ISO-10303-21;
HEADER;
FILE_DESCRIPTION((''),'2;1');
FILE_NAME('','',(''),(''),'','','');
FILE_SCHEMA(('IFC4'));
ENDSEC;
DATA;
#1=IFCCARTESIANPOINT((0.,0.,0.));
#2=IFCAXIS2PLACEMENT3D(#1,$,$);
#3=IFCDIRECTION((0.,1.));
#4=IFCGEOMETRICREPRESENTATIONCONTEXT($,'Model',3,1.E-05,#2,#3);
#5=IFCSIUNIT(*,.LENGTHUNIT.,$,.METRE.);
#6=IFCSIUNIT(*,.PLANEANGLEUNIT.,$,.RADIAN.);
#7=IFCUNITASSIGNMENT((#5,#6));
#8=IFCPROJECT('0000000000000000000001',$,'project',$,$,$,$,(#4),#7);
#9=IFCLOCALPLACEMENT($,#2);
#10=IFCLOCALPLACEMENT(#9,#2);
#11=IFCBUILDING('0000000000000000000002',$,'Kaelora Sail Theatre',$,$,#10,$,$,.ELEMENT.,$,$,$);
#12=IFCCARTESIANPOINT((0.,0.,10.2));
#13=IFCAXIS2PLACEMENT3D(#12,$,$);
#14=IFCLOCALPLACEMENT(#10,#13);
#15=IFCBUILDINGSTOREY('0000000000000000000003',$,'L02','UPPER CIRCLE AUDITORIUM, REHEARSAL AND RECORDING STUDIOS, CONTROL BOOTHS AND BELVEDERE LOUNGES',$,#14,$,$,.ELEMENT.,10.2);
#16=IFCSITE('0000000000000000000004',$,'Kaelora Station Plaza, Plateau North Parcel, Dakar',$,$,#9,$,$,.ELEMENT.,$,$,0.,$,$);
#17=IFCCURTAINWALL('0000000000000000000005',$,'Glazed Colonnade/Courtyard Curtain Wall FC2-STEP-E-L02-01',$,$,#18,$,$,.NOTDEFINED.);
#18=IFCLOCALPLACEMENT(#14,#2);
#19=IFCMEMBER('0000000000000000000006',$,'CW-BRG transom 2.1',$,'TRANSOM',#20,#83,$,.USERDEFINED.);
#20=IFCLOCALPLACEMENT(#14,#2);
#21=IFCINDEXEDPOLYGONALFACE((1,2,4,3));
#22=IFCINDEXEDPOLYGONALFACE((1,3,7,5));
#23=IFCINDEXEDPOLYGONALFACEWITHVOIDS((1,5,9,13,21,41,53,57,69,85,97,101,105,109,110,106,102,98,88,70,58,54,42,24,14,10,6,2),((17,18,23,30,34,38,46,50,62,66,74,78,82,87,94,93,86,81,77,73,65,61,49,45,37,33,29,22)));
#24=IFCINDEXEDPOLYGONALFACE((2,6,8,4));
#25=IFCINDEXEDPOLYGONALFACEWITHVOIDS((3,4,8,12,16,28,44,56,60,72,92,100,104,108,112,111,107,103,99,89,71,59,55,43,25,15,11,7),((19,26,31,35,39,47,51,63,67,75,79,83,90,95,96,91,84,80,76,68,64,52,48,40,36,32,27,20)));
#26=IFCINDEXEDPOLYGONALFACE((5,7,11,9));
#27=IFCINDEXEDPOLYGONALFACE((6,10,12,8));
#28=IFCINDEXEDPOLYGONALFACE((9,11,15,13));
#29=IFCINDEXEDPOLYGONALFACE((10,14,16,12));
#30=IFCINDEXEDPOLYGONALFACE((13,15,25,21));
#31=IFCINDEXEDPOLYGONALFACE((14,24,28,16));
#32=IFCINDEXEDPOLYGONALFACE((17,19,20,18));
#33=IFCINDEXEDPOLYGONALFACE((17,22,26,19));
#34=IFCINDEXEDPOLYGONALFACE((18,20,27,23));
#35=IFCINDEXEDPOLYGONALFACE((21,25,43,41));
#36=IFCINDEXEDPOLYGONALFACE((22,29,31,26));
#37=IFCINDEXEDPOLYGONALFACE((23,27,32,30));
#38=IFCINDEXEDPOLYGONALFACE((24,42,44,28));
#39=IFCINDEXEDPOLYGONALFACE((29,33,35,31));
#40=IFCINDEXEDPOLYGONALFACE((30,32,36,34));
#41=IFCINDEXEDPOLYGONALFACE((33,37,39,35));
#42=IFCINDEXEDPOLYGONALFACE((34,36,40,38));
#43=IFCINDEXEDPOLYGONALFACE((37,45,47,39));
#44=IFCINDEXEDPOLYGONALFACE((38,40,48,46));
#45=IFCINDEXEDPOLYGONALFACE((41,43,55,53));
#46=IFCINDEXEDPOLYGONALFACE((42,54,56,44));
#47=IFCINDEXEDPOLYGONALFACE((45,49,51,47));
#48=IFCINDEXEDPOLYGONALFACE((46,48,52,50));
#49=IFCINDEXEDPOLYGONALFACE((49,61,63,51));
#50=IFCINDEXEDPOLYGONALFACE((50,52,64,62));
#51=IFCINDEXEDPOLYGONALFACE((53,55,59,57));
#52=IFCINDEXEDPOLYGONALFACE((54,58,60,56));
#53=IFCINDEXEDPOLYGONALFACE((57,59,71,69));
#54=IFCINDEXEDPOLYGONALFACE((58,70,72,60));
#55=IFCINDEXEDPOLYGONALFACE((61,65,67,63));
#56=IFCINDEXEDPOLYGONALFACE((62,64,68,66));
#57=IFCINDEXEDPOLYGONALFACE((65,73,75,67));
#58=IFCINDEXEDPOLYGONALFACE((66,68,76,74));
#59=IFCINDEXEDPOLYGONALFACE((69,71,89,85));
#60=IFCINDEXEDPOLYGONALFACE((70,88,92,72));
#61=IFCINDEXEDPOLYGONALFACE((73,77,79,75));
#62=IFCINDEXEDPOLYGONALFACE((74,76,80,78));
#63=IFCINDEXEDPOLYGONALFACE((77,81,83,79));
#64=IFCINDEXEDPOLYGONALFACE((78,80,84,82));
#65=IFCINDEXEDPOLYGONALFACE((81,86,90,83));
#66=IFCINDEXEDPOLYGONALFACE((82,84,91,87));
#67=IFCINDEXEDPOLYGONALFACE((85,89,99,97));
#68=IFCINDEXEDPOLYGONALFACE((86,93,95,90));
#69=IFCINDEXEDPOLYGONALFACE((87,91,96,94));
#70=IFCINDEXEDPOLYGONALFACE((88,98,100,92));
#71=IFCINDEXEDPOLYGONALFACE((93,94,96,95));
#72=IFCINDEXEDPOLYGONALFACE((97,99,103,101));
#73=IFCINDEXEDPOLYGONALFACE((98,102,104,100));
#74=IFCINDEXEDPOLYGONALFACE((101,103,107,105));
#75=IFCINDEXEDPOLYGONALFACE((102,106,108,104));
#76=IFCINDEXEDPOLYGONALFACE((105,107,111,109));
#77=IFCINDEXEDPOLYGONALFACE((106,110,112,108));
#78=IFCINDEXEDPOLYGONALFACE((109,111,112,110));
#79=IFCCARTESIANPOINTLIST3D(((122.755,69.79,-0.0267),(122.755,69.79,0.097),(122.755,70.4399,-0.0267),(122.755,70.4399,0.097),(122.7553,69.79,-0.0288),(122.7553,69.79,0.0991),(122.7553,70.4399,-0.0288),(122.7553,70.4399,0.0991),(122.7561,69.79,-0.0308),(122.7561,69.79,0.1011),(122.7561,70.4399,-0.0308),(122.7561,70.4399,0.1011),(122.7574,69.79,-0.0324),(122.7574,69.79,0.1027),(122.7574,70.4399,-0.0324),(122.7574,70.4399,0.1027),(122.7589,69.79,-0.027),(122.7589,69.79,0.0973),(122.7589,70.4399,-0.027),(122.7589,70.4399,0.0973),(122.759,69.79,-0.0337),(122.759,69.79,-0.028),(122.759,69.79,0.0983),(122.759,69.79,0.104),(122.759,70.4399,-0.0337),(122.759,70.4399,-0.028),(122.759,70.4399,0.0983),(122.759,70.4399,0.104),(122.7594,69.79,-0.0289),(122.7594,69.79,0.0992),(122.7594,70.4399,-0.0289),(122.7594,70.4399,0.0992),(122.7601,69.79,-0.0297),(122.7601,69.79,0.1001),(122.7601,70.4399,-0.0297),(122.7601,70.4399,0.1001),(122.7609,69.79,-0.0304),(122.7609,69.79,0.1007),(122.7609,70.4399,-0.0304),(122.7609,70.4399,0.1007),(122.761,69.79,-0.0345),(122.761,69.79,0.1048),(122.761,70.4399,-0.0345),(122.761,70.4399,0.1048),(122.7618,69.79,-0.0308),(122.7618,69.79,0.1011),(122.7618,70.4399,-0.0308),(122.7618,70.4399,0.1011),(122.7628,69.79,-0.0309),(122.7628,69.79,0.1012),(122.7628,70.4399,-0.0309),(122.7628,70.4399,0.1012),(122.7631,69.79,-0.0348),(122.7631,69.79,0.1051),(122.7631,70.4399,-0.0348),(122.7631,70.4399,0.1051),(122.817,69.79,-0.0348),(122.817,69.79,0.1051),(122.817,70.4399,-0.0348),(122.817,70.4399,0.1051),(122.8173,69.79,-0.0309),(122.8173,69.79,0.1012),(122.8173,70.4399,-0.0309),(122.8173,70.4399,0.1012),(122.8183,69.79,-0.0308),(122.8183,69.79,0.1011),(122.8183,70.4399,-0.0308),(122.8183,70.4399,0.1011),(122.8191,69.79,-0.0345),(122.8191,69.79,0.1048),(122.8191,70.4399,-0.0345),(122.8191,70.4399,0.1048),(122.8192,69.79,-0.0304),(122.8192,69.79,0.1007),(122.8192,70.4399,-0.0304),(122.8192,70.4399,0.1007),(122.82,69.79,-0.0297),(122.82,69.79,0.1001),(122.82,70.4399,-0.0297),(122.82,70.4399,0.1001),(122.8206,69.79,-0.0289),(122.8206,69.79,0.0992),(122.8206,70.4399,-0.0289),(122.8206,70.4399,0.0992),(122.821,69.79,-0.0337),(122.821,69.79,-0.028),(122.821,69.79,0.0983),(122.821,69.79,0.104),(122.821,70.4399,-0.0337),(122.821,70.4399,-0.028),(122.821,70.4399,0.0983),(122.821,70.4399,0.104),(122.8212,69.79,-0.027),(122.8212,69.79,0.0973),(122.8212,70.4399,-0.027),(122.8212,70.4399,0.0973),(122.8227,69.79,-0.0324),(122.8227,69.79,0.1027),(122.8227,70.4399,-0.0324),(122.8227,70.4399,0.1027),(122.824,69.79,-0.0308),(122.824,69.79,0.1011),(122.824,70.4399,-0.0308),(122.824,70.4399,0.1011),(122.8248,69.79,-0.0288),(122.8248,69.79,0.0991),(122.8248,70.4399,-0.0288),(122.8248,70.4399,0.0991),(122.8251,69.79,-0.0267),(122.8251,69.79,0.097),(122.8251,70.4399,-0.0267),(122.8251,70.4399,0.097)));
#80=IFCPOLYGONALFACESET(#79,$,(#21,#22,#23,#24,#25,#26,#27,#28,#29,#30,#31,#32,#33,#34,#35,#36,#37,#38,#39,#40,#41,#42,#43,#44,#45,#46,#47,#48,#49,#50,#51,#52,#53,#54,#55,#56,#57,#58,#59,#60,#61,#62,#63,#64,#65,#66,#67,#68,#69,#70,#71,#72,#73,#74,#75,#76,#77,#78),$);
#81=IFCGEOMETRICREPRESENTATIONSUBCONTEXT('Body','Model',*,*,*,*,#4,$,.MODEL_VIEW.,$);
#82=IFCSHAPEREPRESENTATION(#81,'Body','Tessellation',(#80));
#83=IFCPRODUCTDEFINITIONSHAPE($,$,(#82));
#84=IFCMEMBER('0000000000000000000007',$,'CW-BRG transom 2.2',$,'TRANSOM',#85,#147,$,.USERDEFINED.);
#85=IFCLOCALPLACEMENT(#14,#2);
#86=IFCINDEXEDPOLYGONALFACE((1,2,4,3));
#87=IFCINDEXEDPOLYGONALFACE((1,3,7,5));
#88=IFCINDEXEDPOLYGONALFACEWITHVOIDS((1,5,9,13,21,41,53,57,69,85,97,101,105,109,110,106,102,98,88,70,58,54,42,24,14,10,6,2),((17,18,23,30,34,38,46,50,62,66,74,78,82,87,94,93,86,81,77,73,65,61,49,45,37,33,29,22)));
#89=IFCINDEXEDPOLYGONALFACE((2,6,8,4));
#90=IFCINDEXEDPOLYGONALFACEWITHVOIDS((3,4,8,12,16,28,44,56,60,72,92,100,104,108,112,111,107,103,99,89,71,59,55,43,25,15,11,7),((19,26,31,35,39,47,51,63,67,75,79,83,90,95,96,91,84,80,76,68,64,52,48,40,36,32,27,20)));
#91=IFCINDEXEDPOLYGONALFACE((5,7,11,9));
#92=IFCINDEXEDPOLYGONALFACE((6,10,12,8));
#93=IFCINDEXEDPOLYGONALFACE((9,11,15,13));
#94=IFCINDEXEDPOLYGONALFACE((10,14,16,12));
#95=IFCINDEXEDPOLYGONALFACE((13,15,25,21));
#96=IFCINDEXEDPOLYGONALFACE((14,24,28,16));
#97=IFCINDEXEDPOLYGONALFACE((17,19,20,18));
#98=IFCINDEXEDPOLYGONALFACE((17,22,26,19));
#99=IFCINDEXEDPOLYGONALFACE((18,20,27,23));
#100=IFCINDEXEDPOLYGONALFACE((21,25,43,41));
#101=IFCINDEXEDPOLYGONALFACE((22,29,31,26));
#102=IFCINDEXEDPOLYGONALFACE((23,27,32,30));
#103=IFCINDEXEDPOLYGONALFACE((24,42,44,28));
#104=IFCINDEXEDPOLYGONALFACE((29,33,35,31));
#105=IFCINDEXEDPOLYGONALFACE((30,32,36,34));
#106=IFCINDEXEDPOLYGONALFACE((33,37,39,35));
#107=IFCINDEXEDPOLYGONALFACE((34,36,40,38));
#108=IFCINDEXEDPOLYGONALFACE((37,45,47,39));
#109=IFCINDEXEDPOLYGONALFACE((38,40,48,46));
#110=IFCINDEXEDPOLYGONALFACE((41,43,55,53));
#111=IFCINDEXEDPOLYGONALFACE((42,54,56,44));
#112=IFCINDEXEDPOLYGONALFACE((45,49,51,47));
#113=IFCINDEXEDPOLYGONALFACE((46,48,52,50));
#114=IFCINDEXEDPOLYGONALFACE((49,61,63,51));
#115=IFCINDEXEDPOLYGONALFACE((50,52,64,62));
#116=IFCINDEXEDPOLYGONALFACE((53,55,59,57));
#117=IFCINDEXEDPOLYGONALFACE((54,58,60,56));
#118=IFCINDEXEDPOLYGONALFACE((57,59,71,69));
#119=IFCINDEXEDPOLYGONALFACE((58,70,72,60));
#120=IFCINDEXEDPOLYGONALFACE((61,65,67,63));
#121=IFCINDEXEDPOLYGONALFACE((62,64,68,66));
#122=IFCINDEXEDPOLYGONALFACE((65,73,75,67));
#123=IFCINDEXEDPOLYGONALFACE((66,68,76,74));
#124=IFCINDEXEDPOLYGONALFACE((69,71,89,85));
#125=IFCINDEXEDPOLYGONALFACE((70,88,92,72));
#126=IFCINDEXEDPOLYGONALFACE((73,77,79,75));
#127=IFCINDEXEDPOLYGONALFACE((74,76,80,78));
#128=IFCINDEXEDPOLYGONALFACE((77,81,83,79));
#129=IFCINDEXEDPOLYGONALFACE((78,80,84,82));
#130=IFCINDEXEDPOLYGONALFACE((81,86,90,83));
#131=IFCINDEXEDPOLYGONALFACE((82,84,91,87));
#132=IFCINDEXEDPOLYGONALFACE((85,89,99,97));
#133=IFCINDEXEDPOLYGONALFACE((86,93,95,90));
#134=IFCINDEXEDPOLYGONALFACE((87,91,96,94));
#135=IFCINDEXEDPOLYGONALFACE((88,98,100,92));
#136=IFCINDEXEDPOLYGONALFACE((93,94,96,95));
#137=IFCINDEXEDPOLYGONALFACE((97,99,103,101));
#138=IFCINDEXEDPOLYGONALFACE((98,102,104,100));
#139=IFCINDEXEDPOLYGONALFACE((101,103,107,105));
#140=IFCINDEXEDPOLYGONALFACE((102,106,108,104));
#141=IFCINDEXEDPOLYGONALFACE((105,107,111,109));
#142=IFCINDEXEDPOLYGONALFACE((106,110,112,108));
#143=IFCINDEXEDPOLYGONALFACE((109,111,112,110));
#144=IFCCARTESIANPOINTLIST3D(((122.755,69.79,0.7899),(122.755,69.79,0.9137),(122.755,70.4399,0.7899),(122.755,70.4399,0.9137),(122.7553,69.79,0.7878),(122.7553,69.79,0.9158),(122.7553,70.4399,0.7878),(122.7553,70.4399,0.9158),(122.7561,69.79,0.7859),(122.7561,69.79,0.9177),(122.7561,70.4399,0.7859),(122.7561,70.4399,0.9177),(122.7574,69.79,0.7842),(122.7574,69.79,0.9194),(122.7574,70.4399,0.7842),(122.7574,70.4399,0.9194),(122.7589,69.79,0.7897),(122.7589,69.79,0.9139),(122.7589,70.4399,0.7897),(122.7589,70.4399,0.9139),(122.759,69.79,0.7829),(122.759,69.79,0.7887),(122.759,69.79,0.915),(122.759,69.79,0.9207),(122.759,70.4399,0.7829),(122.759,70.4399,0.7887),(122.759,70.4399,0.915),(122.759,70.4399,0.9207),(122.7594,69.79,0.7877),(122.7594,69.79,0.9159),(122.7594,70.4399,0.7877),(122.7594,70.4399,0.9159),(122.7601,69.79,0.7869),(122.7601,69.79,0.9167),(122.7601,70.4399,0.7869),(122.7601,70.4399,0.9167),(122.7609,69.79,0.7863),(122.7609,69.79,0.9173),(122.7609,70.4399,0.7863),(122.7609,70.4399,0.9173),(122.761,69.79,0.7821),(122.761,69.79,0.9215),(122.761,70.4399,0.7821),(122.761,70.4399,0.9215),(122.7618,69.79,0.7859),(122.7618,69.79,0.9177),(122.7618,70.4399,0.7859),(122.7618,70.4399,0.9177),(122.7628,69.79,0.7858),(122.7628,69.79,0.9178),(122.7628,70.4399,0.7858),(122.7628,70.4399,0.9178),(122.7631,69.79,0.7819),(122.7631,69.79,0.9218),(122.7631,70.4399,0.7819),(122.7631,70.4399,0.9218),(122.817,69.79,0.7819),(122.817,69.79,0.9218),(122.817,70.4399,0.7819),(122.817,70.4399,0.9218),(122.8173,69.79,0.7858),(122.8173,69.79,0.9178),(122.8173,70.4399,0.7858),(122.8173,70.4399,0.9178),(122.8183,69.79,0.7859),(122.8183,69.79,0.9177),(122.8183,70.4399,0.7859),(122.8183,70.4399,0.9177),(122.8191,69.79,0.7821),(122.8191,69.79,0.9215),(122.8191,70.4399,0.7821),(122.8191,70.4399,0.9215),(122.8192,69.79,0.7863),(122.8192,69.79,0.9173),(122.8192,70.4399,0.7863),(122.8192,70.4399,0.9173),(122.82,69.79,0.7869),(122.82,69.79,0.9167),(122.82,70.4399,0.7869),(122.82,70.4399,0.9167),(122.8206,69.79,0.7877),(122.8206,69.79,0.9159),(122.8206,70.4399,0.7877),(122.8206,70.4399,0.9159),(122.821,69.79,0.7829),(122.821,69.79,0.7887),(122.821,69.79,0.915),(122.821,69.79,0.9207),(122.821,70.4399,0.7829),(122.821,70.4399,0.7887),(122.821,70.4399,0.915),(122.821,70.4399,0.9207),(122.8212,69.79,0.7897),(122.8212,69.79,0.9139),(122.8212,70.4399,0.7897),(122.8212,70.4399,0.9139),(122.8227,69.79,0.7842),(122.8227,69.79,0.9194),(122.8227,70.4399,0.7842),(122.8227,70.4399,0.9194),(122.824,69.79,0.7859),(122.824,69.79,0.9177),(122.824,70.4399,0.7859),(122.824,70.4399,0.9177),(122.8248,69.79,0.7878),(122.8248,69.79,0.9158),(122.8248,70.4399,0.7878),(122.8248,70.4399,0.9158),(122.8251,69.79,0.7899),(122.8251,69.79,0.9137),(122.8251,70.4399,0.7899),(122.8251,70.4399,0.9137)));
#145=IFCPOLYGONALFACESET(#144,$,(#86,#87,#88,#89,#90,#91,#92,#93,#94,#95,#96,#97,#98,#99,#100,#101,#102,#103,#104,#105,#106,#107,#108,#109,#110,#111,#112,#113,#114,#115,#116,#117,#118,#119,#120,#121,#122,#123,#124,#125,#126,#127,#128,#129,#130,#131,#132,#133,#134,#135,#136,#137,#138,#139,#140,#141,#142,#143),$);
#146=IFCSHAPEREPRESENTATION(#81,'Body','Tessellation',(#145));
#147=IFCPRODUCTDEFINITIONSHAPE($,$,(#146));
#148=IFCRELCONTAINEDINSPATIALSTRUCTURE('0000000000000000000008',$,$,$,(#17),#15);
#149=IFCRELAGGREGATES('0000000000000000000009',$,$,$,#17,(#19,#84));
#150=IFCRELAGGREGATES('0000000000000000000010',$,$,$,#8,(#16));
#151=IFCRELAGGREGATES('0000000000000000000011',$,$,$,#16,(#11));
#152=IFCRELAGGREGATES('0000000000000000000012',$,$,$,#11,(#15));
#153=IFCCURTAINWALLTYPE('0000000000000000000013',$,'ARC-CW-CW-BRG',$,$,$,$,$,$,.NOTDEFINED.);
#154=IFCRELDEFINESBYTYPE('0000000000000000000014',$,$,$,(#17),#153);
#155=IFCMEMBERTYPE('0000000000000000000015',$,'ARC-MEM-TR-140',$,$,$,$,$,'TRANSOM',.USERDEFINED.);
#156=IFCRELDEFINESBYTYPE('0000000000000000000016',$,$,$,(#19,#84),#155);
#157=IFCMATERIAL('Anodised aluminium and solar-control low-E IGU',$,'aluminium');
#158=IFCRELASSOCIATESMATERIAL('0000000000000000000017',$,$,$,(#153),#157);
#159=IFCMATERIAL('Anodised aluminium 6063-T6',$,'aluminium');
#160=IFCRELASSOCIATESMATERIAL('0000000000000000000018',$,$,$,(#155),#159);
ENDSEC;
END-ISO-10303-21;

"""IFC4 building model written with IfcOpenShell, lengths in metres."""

from ifc_helpers import new_model, si_unit, direction, frame, origin, origin_2d, place, context, subcontext, project, spatial, hollow_rectangle, extrude, material, material_profile, profile_set, type_object, element, aggregate, save


model = new_model("IFC4")

# Units and contexts
model_context = context("Model", 3, precision=1e-05, world=origin(), true_north=direction((0.0, 1.0)))
body_context = subcontext(model_context, "Body", "Model", "MODEL_VIEW")
ifc_project = project(units=[si_unit("LENGTHUNIT", "METRE"), si_unit("PLANEANGLEUNIT", "RADIAN")], contexts=[model_context])

# Site, building, storey
site_placement = place(None, origin())
site = spatial("IfcSite", under=ifc_project, at=site_placement, Name="Kaelora Station Plaza, Plateau North Parcel, Dakar", CompositionType="ELEMENT", RefElevation=0.0)
building_placement = place(site_placement, origin())
building = spatial("IfcBuilding", under=site, at=building_placement, Name="Kaelora Sail Theatre", CompositionType="ELEMENT")
storey_placement = place(building_placement, frame((0.0, 0.0, 10.2)))
storey = spatial("IfcBuildingStorey", under=building, at=storey_placement, Name="L02", Description="UPPER CIRCLE AUDITORIUM, REHEARSAL AND RECORDING STUDIOS, CONTROL BOOTHS AND BELVEDERE LOUNGES", CompositionType="ELEMENT", Elevation=10.2)

# Curtain wall
ifc_material_1 = material(Name="Anodised aluminium and solar-control low-E IGU", Category="aluminium")
curtain_wall_type = type_object("IfcCurtainWallType", Name="ARC-CW-CW-BRG", PredefinedType="NOTDEFINED", material=ifc_material_1)
curtain_wall_1_placement = place(storey_placement, origin())
curtain_wall_1 = element("IfcCurtainWall", 1, at=curtain_wall_1_placement, inside=storey, type_object=curtain_wall_type, Name="Glazed Colonnade/Courtyard Curtain Wall FC2-STEP-E-L02-01", PredefinedType="NOTDEFINED")

# Members
ifc_material_2 = material(Name="Anodised aluminium 6063-T6", Category="aluminium")
ifc_material_profile_1 = material_profile(ifc_material_2, hollow_rectangle(XDim=0.0701, YDim=0.1399, WallThickness=0.0039, InnerFilletRadius=0.0039, OuterFilletRadius=0.0081, at=origin_2d()), Name="ALU-TRAN 70x140x4")
ifc_profile_set_1 = profile_set([ifc_material_profile_1], Name="Anodised aluminium 6063-T6")
member_type_1 = type_object("IfcMemberType", Name="ARC-MEM-TR-140", ElementType="TRANSOM", PredefinedType="USERDEFINED", material=ifc_profile_set_1)
member_1_placement = place(storey_placement, frame((122.79, 69.79, 0.0352), z_axis=(0.0, 1.0, 0.0), x_axis=(-1.0, 0.0, 0.0)))
member_1 = element("IfcMember", 2, at=member_1_placement, type_object=member_type_1, Name="CW-BRG transom 2.1", ObjectType="TRANSOM", PredefinedType="USERDEFINED", context=body_context, shape_type="SweptSolid", body=[
    extrude(hollow_rectangle(XDim=0.0701, YDim=0.1399, WallThickness=0.0039, InnerFilletRadius=0.0039, OuterFilletRadius=0.0081, at=origin_2d()), origin(), (0.0, 0.0, 1.0), 0.6499),
])
member_2_placement = place(storey_placement, frame((122.79, 69.79, 0.8518), z_axis=(0.0, 1.0, 0.0), x_axis=(-1.0, 0.0, 0.0)))
member_2 = element("IfcMember", 3, at=member_2_placement, type_object=member_type_1, Name="CW-BRG transom 2.2", ObjectType="TRANSOM", PredefinedType="USERDEFINED", context=body_context, shape_type="SweptSolid", body=[
    extrude(hollow_rectangle(XDim=0.0701, YDim=0.1399, WallThickness=0.0039, InnerFilletRadius=0.0039, OuterFilletRadius=0.0081, at=origin_2d()), origin(), (0.0, 0.0, 1.0), 0.6499),
])

aggregate(curtain_wall_1, [member_1, member_2])

save(model, "model.ifc")
